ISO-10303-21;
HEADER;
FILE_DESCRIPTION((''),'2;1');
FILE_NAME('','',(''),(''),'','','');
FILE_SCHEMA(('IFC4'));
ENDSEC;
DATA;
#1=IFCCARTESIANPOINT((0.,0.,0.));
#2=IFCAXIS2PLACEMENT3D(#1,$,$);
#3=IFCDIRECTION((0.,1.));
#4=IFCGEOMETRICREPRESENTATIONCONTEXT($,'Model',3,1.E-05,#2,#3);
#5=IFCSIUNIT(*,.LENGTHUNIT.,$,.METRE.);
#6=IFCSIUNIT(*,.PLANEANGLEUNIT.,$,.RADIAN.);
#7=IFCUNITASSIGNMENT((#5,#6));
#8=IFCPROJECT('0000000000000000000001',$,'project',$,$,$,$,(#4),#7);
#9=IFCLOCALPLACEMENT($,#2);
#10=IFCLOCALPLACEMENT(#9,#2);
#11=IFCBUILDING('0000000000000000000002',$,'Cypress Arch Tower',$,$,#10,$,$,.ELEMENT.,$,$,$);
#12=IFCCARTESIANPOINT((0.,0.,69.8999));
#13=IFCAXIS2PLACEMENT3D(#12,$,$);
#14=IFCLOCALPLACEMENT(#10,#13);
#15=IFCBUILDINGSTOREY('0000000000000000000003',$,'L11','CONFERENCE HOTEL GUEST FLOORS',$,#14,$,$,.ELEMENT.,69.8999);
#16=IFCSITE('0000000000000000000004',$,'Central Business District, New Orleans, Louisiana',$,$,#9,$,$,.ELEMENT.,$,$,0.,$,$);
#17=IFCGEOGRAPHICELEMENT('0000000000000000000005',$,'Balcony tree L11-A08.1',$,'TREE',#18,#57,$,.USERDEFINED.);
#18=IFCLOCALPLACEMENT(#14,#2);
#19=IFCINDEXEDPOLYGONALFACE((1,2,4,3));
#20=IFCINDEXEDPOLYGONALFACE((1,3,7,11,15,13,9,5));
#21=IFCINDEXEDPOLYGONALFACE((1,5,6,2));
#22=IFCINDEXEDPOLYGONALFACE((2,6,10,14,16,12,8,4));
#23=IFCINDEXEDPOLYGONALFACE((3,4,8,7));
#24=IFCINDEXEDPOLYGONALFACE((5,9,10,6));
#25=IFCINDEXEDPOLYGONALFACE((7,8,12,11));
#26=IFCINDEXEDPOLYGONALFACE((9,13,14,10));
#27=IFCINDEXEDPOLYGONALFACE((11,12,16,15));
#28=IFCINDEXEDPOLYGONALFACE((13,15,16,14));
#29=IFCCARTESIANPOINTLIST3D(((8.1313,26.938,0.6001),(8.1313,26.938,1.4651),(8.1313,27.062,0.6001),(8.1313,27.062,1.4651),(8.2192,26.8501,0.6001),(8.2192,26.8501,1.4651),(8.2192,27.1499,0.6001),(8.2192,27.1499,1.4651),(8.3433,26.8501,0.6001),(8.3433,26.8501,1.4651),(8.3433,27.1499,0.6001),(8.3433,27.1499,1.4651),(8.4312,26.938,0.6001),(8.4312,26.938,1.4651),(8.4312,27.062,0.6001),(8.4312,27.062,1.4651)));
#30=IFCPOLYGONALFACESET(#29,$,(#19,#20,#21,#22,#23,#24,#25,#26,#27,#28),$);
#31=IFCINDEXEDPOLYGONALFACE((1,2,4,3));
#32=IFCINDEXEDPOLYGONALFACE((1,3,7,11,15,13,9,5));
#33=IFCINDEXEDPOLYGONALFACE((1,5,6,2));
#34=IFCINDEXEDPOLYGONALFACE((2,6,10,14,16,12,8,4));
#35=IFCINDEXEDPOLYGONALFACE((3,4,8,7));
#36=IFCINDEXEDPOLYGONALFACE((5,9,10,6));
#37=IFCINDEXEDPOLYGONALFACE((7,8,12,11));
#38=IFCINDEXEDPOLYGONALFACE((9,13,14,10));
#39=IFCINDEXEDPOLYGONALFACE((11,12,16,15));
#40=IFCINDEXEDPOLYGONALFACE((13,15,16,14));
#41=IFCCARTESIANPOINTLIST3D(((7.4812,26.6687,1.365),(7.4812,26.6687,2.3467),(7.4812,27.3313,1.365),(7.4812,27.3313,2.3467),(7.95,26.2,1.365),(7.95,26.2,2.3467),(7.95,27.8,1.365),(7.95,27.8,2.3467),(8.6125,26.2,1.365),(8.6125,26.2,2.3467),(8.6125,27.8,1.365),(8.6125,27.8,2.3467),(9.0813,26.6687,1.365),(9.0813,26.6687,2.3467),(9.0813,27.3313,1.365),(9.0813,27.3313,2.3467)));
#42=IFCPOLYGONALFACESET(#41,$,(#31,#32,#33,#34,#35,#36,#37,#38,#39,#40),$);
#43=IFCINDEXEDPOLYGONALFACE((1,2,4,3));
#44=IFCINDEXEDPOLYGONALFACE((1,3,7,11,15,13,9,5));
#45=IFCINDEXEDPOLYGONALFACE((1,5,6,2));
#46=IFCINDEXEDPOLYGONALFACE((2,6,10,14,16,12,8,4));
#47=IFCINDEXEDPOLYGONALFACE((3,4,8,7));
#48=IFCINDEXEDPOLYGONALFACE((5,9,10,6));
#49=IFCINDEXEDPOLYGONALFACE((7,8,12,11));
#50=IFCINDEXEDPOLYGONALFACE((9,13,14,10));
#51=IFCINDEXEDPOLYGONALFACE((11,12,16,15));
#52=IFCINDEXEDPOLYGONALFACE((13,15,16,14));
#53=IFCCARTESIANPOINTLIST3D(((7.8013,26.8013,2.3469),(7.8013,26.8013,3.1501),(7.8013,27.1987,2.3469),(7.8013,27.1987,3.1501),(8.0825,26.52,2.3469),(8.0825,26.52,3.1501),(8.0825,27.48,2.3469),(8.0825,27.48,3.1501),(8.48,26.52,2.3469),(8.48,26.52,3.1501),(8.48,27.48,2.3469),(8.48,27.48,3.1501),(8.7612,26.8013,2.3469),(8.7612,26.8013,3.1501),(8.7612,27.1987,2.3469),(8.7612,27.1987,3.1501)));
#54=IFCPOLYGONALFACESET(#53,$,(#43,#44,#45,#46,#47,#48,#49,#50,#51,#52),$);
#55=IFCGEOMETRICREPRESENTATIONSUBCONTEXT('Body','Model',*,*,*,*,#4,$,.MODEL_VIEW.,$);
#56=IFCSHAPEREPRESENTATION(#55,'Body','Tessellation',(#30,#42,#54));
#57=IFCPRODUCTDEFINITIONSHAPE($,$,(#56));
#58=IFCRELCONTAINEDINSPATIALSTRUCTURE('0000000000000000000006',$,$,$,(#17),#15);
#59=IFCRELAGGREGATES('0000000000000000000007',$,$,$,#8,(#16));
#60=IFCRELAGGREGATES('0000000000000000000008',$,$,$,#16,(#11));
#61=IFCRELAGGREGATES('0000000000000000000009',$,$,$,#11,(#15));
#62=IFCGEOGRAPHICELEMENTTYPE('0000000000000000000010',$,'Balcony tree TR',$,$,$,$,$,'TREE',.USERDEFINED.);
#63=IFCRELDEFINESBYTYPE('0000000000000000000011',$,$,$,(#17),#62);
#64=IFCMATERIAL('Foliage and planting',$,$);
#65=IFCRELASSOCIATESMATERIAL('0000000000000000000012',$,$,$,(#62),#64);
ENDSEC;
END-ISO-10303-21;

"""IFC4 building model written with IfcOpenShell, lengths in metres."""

from ifc_helpers import new_model, si_unit, direction, frame, origin, place, context, subcontext, project, spatial, polyline, outline, extrude, material, type_object, element, save


model = new_model("IFC4")

# Units and contexts
model_context = context("Model", 3, precision=1e-05, world=origin(), true_north=direction((0.0, 1.0)))
body_context = subcontext(model_context, "Body", "Model", "MODEL_VIEW")
ifc_project = project(units=[si_unit("LENGTHUNIT", "METRE"), si_unit("PLANEANGLEUNIT", "RADIAN")], contexts=[model_context])

# Site, building, storey
site_placement = place(None, origin())
site = spatial("IfcSite", under=ifc_project, at=site_placement, Name="Central Business District, New Orleans, Louisiana", CompositionType="ELEMENT", RefElevation=0.0)
building_placement = place(site_placement, origin())
building = spatial("IfcBuilding", under=site, at=building_placement, Name="Cypress Arch Tower", CompositionType="ELEMENT")
storey_placement = place(building_placement, frame((0.0, 0.0, 69.8999)))
storey = spatial("IfcBuildingStorey", under=building, at=storey_placement, Name="L11", Description="CONFERENCE HOTEL GUEST FLOORS", CompositionType="ELEMENT", Elevation=69.8999)

# Geographic element
ifc_material_1 = material(Name="Foliage and planting")
geographic_element_type = type_object("IfcGeographicElementType", Name="Balcony tree TR", ElementType="TREE", PredefinedType="USERDEFINED", material=ifc_material_1)
geographic_element_placement = place(storey_placement, frame((8.2812, 27.0, 0.6001), z_axis=(0.0, 0.0, 1.0), x_axis=(1.0, 0.0, 0.0)))
element("IfcGeographicElement", 1, at=geographic_element_placement, inside=storey, type_object=geographic_element_type, Name="Balcony tree L11-A08.1", ObjectType="TREE", PredefinedType="USERDEFINED", context=body_context, shape_type="SweptSolid", body=[
    extrude(outline(polyline([(0.1499, 0.062), (0.062, 0.1499), (-0.062, 0.1499), (-0.1499, 0.062), (-0.1499, -0.062), (-0.062, -0.1499), (0.062, -0.1499), (0.1499, -0.062), (0.1499, 0.062)])), origin(), (0.0, 0.0, 1.0), 0.865),
    extrude(outline(polyline([(0.8, 0.3313), (0.3313, 0.8), (-0.3313, 0.8), (-0.8, 0.3313), (-0.8, -0.3313), (-0.3313, -0.8), (0.3313, -0.8), (0.8, -0.3313), (0.8, 0.3313)])), frame((0.0, 0.0, 0.7649)), (0.0, 0.0, 1.0), 0.9817),
    extrude(outline(polyline([(0.48, 0.1987), (0.1987, 0.48), (-0.1987, 0.48), (-0.48, 0.1987), (-0.48, -0.1987), (-0.1987, -0.48), (0.1987, -0.48), (0.48, -0.1987), (0.48, 0.1987)])), frame((0.0, 0.0, 1.7468)), (0.0, 0.0, 1.0), 0.8032),
])

save(model, "model.ifc")
